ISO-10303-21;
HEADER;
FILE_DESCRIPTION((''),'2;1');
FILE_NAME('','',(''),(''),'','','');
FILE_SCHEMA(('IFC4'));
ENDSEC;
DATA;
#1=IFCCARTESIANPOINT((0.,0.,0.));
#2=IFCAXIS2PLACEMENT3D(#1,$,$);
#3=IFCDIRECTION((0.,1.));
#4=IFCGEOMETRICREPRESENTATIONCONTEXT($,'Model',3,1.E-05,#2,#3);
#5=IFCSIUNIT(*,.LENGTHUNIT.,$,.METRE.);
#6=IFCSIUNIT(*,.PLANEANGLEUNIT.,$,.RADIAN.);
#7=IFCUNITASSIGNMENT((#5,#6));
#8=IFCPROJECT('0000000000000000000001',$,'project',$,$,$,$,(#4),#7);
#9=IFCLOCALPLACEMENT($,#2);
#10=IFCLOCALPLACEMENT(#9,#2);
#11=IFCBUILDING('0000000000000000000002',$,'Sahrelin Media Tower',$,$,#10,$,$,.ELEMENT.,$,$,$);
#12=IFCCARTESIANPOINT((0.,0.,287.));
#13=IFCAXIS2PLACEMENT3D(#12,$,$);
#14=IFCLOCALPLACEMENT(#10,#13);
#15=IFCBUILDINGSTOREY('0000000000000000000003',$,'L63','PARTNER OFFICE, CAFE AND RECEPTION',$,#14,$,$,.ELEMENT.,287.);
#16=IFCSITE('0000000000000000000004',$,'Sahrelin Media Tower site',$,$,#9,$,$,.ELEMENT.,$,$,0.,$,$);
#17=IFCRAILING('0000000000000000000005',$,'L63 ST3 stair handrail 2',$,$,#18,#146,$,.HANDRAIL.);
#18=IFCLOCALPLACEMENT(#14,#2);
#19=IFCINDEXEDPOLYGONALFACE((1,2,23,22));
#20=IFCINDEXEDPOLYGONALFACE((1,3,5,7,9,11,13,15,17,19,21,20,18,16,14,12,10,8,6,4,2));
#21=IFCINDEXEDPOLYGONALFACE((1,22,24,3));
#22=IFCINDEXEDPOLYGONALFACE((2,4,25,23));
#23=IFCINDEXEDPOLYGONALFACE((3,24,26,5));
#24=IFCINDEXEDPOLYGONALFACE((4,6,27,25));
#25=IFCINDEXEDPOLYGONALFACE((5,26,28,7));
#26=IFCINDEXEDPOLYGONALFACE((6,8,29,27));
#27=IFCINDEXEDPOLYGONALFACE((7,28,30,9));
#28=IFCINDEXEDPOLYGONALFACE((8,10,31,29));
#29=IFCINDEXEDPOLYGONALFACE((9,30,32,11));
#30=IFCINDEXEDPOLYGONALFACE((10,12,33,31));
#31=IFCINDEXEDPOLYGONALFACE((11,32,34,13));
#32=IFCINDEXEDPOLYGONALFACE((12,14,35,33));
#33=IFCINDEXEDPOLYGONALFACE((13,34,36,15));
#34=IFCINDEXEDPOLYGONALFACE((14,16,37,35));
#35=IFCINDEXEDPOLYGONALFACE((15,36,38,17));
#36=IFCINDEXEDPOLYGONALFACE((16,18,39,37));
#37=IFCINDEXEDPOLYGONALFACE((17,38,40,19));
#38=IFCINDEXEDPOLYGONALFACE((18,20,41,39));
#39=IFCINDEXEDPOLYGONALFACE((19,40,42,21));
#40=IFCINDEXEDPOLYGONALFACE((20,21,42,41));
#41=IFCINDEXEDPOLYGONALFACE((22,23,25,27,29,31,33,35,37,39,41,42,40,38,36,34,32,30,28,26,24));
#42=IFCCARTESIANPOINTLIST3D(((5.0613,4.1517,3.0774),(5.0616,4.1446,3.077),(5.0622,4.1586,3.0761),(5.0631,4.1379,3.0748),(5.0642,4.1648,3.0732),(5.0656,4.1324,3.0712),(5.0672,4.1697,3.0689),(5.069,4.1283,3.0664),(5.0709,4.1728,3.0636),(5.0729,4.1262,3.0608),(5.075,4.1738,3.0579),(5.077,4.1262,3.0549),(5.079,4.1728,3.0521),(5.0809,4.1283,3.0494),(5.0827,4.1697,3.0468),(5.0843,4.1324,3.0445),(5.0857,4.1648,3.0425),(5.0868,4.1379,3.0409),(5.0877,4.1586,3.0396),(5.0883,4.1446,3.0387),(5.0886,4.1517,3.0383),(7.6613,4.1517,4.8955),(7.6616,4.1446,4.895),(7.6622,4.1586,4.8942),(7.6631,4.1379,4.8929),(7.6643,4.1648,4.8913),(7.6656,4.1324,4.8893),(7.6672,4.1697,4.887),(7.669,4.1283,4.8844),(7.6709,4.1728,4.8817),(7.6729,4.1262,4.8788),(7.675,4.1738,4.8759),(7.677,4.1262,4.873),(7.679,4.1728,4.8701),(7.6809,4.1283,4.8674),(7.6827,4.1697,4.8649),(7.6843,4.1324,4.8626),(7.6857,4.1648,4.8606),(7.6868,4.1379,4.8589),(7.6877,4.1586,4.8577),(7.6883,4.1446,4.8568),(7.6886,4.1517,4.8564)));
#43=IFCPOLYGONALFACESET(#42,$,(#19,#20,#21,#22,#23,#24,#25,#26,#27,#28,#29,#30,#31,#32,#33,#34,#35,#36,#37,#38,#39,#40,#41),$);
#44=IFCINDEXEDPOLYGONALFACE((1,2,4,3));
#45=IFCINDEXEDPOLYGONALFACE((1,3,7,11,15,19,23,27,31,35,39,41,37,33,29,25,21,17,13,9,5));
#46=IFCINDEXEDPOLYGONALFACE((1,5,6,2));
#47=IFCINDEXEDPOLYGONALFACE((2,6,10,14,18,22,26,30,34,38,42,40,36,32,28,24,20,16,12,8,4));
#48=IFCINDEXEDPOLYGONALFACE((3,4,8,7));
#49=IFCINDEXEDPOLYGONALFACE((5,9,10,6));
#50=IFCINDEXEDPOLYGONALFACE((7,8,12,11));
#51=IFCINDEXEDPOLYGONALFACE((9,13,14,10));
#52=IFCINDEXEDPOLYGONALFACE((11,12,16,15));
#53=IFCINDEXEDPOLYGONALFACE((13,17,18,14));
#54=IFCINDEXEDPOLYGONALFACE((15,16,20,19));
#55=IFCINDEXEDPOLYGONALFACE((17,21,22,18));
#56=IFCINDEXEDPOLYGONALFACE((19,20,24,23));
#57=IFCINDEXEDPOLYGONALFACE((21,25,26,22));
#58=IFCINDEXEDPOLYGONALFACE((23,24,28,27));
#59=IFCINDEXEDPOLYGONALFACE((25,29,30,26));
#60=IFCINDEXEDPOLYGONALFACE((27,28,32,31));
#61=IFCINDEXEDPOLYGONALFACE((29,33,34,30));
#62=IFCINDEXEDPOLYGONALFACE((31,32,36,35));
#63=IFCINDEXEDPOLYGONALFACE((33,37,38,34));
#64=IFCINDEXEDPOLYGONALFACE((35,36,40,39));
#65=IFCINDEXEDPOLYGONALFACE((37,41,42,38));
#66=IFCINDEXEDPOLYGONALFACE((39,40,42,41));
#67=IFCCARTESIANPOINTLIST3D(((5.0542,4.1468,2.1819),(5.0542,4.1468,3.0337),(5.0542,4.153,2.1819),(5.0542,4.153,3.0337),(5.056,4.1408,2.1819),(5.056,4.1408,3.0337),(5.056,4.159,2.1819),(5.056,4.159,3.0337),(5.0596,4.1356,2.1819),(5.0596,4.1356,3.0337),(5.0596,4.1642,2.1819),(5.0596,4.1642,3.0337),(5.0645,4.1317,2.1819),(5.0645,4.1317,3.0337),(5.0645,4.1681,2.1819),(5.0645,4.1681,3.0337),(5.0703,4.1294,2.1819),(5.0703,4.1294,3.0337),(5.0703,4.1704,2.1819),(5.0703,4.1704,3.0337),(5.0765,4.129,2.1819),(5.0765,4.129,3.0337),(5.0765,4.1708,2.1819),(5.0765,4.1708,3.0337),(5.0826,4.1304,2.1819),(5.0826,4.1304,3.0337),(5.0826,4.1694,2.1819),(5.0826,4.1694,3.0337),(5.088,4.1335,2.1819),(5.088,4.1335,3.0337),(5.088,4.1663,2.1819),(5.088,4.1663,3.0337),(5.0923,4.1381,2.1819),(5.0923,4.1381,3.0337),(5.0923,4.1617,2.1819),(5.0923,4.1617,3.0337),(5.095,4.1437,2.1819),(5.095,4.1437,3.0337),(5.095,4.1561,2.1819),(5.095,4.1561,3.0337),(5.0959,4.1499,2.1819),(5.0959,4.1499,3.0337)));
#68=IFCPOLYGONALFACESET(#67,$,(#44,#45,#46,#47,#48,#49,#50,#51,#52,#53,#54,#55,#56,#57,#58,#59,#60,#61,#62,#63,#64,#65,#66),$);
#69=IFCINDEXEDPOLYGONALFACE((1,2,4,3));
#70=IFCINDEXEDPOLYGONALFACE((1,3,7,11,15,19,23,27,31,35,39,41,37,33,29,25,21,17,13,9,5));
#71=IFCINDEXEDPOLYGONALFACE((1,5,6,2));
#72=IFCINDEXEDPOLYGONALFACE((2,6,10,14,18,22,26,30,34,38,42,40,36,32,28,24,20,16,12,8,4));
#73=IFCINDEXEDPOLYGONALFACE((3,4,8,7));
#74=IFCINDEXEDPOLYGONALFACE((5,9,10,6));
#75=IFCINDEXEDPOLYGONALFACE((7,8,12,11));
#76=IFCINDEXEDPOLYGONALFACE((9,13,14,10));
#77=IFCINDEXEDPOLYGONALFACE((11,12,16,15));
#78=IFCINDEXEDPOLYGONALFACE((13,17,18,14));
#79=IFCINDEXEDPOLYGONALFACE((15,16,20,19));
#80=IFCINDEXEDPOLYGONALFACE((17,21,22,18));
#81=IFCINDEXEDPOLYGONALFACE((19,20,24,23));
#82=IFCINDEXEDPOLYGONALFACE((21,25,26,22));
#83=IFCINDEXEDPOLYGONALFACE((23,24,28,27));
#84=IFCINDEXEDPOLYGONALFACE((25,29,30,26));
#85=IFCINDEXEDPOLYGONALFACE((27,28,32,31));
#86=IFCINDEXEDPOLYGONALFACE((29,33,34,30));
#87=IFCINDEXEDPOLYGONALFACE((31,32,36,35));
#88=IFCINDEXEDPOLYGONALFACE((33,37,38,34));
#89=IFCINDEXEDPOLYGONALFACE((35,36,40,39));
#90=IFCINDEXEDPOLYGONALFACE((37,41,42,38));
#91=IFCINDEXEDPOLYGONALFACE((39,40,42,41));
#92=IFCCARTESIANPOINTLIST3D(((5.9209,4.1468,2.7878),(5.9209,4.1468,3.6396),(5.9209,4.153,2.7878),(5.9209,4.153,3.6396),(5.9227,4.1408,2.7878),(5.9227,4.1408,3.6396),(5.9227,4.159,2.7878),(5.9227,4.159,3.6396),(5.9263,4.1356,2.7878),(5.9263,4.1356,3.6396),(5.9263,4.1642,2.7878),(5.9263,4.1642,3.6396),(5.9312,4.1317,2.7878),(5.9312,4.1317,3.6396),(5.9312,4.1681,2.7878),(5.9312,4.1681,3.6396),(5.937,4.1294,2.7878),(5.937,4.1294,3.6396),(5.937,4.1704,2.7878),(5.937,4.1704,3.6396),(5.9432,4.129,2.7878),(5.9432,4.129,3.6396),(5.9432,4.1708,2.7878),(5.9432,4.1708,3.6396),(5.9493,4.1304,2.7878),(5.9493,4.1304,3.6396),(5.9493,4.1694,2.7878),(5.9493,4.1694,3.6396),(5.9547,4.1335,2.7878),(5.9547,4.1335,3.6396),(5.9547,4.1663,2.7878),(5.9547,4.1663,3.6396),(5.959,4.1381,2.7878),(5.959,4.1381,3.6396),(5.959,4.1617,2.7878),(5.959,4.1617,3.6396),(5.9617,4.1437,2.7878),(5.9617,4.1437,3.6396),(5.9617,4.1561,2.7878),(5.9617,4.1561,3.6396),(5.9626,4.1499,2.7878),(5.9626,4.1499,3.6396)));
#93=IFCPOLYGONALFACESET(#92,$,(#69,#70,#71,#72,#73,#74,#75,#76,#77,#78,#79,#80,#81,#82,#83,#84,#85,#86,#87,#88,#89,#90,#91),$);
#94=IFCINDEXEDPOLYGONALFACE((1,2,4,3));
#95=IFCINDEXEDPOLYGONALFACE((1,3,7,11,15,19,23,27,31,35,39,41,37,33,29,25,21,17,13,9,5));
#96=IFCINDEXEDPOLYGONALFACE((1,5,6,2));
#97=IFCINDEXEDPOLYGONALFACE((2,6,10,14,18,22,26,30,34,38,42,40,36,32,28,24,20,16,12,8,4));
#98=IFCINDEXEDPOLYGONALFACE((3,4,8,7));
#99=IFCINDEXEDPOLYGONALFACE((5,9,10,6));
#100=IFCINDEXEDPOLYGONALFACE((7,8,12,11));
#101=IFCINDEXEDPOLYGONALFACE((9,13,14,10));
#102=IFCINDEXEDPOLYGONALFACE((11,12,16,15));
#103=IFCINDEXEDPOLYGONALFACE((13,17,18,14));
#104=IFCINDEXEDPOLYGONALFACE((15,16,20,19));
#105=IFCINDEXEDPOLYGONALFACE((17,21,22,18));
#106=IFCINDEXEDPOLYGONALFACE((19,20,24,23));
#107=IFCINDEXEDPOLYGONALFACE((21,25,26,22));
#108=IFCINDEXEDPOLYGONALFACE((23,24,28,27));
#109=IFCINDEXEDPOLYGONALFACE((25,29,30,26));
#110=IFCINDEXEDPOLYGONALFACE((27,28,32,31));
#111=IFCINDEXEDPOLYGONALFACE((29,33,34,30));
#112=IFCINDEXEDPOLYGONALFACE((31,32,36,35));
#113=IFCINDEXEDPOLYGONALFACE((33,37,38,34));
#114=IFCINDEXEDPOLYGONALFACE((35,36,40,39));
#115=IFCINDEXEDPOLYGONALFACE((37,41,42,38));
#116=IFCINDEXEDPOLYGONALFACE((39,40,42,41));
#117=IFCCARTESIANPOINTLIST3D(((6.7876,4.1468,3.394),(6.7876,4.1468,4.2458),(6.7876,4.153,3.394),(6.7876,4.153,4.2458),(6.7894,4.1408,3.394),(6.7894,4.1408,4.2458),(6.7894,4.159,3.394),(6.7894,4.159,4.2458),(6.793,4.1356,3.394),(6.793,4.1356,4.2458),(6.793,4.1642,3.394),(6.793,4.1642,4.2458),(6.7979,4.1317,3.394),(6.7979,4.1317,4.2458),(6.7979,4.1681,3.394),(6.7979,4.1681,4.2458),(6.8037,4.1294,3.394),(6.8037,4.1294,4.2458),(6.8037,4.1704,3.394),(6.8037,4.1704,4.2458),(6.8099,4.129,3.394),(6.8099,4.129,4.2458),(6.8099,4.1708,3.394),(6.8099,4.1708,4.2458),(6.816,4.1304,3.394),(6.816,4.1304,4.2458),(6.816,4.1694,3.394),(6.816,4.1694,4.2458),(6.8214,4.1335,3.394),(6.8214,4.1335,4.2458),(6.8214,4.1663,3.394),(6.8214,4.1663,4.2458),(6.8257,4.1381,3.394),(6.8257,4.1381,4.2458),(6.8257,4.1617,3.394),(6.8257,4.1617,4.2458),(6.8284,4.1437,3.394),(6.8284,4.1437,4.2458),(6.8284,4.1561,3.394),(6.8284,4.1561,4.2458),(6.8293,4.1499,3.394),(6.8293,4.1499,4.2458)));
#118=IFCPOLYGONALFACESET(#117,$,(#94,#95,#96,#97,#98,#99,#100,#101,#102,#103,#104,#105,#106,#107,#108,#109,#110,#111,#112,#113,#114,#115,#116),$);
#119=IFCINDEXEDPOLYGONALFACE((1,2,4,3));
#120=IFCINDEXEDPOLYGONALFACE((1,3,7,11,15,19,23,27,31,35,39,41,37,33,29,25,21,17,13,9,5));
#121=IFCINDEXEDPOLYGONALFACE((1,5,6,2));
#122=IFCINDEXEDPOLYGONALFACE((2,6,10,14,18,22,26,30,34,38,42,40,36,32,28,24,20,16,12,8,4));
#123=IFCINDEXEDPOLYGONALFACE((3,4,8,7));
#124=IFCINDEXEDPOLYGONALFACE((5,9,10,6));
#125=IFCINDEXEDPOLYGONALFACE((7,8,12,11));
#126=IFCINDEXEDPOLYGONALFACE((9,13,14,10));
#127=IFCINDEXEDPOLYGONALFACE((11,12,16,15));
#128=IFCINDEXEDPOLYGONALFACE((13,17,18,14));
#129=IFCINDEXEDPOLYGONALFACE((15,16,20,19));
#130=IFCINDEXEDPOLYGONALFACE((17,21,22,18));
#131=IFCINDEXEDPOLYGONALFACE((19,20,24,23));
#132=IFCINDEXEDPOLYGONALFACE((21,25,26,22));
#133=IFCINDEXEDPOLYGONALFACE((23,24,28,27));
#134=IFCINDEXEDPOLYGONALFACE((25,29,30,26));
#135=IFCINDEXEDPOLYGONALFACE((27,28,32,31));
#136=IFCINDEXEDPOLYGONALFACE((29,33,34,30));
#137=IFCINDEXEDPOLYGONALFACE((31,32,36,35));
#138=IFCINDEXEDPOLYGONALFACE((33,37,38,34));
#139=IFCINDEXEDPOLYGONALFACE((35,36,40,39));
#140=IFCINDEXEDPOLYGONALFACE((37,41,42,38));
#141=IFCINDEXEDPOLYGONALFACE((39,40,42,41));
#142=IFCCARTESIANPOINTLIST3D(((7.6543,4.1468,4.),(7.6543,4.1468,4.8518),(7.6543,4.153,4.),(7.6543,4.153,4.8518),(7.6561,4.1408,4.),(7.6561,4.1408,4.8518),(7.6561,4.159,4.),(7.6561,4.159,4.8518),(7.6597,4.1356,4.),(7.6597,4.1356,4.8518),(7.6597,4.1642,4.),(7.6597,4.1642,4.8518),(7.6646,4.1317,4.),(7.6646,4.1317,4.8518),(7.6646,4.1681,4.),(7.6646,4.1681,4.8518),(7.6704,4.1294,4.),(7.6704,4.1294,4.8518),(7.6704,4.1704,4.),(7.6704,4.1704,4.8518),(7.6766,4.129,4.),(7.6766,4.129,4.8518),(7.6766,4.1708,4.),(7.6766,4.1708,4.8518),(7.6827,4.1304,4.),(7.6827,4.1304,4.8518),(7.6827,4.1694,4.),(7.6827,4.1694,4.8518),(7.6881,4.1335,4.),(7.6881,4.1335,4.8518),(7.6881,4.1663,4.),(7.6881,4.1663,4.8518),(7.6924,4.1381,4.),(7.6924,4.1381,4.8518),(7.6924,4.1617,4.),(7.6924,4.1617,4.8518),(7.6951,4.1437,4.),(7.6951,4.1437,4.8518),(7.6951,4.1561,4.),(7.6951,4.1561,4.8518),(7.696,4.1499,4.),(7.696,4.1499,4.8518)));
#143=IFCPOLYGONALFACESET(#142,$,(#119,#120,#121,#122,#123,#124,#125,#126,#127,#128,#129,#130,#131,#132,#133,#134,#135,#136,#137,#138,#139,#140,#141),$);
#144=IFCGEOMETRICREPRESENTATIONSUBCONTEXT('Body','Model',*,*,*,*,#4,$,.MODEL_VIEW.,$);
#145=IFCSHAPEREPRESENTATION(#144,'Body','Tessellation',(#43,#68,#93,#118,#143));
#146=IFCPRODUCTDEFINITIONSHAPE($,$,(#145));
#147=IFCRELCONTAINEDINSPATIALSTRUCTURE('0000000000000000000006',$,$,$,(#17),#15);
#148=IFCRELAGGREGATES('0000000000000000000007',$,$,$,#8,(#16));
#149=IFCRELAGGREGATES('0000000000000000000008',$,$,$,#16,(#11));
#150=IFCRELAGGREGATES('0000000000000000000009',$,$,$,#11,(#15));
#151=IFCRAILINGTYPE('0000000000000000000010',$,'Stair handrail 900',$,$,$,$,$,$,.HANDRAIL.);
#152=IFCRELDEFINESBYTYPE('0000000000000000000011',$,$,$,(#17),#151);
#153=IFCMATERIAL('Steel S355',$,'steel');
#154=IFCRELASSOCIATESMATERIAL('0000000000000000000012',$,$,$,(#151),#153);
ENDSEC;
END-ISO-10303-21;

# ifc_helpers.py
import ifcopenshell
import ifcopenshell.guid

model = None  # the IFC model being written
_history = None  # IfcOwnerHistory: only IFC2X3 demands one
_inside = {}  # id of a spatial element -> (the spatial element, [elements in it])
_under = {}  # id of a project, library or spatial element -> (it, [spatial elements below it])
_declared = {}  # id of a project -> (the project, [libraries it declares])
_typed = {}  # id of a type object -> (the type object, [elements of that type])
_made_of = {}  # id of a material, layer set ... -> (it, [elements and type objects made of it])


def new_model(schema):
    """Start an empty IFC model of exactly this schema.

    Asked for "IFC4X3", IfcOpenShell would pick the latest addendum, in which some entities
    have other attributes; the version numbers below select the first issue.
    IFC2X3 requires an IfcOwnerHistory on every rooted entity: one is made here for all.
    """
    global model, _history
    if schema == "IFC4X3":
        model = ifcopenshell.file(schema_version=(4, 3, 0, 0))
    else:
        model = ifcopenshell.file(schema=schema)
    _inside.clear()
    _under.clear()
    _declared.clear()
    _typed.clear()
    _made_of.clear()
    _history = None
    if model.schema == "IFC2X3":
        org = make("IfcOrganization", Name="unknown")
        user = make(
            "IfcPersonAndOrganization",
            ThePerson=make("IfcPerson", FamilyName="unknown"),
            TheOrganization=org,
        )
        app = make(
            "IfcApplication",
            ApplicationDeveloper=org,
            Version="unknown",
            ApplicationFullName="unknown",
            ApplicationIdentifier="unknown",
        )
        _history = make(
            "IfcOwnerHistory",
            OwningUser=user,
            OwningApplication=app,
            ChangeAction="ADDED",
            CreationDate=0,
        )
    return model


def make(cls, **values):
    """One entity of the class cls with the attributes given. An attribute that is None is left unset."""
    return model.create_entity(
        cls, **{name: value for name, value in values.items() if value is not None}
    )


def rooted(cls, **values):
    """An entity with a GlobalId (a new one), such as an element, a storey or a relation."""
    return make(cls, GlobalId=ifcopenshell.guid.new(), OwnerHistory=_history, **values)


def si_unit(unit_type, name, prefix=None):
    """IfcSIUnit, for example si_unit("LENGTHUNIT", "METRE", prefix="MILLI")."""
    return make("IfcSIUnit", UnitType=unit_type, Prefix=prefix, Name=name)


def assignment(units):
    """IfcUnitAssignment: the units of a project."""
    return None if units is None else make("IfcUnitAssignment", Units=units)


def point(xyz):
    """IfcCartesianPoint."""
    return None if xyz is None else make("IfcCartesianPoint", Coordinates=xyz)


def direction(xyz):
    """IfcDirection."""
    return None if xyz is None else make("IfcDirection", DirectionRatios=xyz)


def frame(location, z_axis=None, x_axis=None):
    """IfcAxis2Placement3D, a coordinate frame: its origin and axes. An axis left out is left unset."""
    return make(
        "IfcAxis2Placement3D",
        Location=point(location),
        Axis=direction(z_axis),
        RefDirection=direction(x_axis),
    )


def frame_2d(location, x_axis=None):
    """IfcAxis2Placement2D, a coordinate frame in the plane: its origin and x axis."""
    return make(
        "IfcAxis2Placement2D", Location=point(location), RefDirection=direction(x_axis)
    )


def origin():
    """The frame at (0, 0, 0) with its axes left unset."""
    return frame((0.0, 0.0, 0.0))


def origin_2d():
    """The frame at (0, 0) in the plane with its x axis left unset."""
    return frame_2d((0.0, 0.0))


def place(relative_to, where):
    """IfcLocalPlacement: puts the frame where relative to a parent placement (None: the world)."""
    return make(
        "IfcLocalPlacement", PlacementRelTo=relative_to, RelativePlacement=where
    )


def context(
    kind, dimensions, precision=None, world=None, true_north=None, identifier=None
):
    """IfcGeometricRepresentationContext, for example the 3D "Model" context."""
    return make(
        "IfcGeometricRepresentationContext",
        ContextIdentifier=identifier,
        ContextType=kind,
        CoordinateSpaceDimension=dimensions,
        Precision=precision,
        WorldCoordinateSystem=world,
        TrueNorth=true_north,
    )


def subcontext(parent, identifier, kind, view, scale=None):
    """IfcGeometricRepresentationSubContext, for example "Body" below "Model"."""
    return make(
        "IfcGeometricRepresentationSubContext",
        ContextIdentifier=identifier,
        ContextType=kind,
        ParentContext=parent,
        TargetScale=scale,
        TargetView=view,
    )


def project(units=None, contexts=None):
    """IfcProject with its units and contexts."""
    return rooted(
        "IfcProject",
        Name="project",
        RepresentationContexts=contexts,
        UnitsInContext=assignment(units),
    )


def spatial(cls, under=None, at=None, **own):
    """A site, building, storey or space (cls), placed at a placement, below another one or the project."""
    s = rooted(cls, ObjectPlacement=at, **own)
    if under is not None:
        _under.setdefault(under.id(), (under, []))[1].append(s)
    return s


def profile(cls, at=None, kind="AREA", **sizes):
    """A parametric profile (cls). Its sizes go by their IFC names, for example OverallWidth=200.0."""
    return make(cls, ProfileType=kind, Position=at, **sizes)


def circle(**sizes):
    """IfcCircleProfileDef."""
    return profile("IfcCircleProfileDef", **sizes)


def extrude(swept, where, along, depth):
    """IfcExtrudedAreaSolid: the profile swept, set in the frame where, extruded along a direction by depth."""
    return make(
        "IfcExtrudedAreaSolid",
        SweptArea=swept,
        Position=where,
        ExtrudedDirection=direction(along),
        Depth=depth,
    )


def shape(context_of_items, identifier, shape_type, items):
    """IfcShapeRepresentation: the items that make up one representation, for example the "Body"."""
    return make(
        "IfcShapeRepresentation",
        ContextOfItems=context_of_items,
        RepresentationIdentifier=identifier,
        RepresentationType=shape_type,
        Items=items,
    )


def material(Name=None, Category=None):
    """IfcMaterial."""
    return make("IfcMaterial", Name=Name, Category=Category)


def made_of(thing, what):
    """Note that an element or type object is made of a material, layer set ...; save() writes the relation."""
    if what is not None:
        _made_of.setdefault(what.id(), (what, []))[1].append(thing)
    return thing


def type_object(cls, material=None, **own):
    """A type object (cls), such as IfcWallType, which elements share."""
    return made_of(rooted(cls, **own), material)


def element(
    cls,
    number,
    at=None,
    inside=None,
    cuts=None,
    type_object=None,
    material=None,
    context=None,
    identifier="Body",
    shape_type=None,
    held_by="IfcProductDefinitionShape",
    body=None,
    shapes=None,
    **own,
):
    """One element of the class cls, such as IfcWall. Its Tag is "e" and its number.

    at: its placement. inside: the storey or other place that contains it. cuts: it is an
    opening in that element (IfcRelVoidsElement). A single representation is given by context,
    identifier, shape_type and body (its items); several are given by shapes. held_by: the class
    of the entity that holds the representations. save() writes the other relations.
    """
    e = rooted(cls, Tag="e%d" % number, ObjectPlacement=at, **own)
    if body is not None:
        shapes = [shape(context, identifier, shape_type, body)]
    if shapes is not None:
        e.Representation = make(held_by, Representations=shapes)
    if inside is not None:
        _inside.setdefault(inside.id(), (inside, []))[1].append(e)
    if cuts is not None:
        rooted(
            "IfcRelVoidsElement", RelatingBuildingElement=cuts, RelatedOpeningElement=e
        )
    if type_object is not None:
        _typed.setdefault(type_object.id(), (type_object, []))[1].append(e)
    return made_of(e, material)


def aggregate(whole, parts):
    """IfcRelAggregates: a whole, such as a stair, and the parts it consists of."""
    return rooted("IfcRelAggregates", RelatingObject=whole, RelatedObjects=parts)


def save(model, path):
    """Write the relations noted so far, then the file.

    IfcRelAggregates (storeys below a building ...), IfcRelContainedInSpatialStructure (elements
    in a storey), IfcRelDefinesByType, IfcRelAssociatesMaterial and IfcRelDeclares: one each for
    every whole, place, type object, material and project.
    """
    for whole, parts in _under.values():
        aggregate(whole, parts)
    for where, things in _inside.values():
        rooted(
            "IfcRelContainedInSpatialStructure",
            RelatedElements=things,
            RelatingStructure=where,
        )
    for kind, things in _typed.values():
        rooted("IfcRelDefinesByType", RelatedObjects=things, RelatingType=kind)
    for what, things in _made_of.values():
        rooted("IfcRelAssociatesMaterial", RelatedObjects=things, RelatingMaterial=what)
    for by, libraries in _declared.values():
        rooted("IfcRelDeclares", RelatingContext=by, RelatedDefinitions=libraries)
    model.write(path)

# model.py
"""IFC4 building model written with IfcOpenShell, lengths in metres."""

from ifc_helpers import new_model, si_unit, direction, frame, origin, origin_2d, place, context, subcontext, project, spatial, circle, extrude, material, type_object, element, save


model = new_model("IFC4")

# Units and contexts
model_context = context("Model", 3, precision=1e-05, world=origin(), true_north=direction((0.0, 1.0)))
body_context = subcontext(model_context, "Body", "Model", "MODEL_VIEW")
ifc_project = project(units=[si_unit("LENGTHUNIT", "METRE"), si_unit("PLANEANGLEUNIT", "RADIAN")], contexts=[model_context])

# Site, building, storey
site_placement = place(None, origin())
site = spatial("IfcSite", under=ifc_project, at=site_placement, Name="Sahrelin Media Tower site", CompositionType="ELEMENT", RefElevation=0.0)
building_placement = place(site_placement, origin())
building = spatial("IfcBuilding", under=site, at=building_placement, Name="Sahrelin Media Tower", CompositionType="ELEMENT")
storey_placement = place(building_placement, frame((0.0, 0.0, 287.0)))
storey = spatial("IfcBuildingStorey", under=building, at=storey_placement, Name="L63", Description="PARTNER OFFICE, CAFE AND RECEPTION", CompositionType="ELEMENT", Elevation=287.0)

# Shared definitions
ifc_material_1 = material(Name="Steel S355", Category="steel")

# Railing
railing_type_1 = type_object("IfcRailingType", Name="Stair handrail 900", PredefinedType="HANDRAIL", material=ifc_material_1)
railing_1_placement = place(storey_placement, frame((5.075, 4.1499, 2.1819)))
element("IfcRailing", 1, at=railing_1_placement, inside=storey, type_object=railing_type_1, Name="L63 ST3 stair handrail 2", PredefinedType="HANDRAIL", context=body_context, shape_type="SweptSolid", body=[
    extrude(circle(Radius=0.0239, at=origin_2d()), frame((0.0, 0.0, 0.876), z_axis=(0.819521, 0.0, 0.573049), x_axis=(0.0, 1.0, 0.0)), (0.0, 0.0, 1.0), 3.1726),
    extrude(circle(Radius=0.021, at=origin_2d()), origin(), (0.0, 0.0, 1.0), 0.8518),
    extrude(circle(Radius=0.021, at=origin_2d()), frame((0.8667, 0.0, 0.606)), (0.0, 0.0, 1.0), 0.8518),
    extrude(circle(Radius=0.021, at=origin_2d()), frame((1.7334, 0.0, 1.2122)), (0.0, 0.0, 1.0), 0.8518),
    extrude(circle(Radius=0.021, at=origin_2d()), frame((2.6001, 0.0, 1.8181)), (0.0, 0.0, 1.0), 0.8518),
])

save(model, "model.ifc")
